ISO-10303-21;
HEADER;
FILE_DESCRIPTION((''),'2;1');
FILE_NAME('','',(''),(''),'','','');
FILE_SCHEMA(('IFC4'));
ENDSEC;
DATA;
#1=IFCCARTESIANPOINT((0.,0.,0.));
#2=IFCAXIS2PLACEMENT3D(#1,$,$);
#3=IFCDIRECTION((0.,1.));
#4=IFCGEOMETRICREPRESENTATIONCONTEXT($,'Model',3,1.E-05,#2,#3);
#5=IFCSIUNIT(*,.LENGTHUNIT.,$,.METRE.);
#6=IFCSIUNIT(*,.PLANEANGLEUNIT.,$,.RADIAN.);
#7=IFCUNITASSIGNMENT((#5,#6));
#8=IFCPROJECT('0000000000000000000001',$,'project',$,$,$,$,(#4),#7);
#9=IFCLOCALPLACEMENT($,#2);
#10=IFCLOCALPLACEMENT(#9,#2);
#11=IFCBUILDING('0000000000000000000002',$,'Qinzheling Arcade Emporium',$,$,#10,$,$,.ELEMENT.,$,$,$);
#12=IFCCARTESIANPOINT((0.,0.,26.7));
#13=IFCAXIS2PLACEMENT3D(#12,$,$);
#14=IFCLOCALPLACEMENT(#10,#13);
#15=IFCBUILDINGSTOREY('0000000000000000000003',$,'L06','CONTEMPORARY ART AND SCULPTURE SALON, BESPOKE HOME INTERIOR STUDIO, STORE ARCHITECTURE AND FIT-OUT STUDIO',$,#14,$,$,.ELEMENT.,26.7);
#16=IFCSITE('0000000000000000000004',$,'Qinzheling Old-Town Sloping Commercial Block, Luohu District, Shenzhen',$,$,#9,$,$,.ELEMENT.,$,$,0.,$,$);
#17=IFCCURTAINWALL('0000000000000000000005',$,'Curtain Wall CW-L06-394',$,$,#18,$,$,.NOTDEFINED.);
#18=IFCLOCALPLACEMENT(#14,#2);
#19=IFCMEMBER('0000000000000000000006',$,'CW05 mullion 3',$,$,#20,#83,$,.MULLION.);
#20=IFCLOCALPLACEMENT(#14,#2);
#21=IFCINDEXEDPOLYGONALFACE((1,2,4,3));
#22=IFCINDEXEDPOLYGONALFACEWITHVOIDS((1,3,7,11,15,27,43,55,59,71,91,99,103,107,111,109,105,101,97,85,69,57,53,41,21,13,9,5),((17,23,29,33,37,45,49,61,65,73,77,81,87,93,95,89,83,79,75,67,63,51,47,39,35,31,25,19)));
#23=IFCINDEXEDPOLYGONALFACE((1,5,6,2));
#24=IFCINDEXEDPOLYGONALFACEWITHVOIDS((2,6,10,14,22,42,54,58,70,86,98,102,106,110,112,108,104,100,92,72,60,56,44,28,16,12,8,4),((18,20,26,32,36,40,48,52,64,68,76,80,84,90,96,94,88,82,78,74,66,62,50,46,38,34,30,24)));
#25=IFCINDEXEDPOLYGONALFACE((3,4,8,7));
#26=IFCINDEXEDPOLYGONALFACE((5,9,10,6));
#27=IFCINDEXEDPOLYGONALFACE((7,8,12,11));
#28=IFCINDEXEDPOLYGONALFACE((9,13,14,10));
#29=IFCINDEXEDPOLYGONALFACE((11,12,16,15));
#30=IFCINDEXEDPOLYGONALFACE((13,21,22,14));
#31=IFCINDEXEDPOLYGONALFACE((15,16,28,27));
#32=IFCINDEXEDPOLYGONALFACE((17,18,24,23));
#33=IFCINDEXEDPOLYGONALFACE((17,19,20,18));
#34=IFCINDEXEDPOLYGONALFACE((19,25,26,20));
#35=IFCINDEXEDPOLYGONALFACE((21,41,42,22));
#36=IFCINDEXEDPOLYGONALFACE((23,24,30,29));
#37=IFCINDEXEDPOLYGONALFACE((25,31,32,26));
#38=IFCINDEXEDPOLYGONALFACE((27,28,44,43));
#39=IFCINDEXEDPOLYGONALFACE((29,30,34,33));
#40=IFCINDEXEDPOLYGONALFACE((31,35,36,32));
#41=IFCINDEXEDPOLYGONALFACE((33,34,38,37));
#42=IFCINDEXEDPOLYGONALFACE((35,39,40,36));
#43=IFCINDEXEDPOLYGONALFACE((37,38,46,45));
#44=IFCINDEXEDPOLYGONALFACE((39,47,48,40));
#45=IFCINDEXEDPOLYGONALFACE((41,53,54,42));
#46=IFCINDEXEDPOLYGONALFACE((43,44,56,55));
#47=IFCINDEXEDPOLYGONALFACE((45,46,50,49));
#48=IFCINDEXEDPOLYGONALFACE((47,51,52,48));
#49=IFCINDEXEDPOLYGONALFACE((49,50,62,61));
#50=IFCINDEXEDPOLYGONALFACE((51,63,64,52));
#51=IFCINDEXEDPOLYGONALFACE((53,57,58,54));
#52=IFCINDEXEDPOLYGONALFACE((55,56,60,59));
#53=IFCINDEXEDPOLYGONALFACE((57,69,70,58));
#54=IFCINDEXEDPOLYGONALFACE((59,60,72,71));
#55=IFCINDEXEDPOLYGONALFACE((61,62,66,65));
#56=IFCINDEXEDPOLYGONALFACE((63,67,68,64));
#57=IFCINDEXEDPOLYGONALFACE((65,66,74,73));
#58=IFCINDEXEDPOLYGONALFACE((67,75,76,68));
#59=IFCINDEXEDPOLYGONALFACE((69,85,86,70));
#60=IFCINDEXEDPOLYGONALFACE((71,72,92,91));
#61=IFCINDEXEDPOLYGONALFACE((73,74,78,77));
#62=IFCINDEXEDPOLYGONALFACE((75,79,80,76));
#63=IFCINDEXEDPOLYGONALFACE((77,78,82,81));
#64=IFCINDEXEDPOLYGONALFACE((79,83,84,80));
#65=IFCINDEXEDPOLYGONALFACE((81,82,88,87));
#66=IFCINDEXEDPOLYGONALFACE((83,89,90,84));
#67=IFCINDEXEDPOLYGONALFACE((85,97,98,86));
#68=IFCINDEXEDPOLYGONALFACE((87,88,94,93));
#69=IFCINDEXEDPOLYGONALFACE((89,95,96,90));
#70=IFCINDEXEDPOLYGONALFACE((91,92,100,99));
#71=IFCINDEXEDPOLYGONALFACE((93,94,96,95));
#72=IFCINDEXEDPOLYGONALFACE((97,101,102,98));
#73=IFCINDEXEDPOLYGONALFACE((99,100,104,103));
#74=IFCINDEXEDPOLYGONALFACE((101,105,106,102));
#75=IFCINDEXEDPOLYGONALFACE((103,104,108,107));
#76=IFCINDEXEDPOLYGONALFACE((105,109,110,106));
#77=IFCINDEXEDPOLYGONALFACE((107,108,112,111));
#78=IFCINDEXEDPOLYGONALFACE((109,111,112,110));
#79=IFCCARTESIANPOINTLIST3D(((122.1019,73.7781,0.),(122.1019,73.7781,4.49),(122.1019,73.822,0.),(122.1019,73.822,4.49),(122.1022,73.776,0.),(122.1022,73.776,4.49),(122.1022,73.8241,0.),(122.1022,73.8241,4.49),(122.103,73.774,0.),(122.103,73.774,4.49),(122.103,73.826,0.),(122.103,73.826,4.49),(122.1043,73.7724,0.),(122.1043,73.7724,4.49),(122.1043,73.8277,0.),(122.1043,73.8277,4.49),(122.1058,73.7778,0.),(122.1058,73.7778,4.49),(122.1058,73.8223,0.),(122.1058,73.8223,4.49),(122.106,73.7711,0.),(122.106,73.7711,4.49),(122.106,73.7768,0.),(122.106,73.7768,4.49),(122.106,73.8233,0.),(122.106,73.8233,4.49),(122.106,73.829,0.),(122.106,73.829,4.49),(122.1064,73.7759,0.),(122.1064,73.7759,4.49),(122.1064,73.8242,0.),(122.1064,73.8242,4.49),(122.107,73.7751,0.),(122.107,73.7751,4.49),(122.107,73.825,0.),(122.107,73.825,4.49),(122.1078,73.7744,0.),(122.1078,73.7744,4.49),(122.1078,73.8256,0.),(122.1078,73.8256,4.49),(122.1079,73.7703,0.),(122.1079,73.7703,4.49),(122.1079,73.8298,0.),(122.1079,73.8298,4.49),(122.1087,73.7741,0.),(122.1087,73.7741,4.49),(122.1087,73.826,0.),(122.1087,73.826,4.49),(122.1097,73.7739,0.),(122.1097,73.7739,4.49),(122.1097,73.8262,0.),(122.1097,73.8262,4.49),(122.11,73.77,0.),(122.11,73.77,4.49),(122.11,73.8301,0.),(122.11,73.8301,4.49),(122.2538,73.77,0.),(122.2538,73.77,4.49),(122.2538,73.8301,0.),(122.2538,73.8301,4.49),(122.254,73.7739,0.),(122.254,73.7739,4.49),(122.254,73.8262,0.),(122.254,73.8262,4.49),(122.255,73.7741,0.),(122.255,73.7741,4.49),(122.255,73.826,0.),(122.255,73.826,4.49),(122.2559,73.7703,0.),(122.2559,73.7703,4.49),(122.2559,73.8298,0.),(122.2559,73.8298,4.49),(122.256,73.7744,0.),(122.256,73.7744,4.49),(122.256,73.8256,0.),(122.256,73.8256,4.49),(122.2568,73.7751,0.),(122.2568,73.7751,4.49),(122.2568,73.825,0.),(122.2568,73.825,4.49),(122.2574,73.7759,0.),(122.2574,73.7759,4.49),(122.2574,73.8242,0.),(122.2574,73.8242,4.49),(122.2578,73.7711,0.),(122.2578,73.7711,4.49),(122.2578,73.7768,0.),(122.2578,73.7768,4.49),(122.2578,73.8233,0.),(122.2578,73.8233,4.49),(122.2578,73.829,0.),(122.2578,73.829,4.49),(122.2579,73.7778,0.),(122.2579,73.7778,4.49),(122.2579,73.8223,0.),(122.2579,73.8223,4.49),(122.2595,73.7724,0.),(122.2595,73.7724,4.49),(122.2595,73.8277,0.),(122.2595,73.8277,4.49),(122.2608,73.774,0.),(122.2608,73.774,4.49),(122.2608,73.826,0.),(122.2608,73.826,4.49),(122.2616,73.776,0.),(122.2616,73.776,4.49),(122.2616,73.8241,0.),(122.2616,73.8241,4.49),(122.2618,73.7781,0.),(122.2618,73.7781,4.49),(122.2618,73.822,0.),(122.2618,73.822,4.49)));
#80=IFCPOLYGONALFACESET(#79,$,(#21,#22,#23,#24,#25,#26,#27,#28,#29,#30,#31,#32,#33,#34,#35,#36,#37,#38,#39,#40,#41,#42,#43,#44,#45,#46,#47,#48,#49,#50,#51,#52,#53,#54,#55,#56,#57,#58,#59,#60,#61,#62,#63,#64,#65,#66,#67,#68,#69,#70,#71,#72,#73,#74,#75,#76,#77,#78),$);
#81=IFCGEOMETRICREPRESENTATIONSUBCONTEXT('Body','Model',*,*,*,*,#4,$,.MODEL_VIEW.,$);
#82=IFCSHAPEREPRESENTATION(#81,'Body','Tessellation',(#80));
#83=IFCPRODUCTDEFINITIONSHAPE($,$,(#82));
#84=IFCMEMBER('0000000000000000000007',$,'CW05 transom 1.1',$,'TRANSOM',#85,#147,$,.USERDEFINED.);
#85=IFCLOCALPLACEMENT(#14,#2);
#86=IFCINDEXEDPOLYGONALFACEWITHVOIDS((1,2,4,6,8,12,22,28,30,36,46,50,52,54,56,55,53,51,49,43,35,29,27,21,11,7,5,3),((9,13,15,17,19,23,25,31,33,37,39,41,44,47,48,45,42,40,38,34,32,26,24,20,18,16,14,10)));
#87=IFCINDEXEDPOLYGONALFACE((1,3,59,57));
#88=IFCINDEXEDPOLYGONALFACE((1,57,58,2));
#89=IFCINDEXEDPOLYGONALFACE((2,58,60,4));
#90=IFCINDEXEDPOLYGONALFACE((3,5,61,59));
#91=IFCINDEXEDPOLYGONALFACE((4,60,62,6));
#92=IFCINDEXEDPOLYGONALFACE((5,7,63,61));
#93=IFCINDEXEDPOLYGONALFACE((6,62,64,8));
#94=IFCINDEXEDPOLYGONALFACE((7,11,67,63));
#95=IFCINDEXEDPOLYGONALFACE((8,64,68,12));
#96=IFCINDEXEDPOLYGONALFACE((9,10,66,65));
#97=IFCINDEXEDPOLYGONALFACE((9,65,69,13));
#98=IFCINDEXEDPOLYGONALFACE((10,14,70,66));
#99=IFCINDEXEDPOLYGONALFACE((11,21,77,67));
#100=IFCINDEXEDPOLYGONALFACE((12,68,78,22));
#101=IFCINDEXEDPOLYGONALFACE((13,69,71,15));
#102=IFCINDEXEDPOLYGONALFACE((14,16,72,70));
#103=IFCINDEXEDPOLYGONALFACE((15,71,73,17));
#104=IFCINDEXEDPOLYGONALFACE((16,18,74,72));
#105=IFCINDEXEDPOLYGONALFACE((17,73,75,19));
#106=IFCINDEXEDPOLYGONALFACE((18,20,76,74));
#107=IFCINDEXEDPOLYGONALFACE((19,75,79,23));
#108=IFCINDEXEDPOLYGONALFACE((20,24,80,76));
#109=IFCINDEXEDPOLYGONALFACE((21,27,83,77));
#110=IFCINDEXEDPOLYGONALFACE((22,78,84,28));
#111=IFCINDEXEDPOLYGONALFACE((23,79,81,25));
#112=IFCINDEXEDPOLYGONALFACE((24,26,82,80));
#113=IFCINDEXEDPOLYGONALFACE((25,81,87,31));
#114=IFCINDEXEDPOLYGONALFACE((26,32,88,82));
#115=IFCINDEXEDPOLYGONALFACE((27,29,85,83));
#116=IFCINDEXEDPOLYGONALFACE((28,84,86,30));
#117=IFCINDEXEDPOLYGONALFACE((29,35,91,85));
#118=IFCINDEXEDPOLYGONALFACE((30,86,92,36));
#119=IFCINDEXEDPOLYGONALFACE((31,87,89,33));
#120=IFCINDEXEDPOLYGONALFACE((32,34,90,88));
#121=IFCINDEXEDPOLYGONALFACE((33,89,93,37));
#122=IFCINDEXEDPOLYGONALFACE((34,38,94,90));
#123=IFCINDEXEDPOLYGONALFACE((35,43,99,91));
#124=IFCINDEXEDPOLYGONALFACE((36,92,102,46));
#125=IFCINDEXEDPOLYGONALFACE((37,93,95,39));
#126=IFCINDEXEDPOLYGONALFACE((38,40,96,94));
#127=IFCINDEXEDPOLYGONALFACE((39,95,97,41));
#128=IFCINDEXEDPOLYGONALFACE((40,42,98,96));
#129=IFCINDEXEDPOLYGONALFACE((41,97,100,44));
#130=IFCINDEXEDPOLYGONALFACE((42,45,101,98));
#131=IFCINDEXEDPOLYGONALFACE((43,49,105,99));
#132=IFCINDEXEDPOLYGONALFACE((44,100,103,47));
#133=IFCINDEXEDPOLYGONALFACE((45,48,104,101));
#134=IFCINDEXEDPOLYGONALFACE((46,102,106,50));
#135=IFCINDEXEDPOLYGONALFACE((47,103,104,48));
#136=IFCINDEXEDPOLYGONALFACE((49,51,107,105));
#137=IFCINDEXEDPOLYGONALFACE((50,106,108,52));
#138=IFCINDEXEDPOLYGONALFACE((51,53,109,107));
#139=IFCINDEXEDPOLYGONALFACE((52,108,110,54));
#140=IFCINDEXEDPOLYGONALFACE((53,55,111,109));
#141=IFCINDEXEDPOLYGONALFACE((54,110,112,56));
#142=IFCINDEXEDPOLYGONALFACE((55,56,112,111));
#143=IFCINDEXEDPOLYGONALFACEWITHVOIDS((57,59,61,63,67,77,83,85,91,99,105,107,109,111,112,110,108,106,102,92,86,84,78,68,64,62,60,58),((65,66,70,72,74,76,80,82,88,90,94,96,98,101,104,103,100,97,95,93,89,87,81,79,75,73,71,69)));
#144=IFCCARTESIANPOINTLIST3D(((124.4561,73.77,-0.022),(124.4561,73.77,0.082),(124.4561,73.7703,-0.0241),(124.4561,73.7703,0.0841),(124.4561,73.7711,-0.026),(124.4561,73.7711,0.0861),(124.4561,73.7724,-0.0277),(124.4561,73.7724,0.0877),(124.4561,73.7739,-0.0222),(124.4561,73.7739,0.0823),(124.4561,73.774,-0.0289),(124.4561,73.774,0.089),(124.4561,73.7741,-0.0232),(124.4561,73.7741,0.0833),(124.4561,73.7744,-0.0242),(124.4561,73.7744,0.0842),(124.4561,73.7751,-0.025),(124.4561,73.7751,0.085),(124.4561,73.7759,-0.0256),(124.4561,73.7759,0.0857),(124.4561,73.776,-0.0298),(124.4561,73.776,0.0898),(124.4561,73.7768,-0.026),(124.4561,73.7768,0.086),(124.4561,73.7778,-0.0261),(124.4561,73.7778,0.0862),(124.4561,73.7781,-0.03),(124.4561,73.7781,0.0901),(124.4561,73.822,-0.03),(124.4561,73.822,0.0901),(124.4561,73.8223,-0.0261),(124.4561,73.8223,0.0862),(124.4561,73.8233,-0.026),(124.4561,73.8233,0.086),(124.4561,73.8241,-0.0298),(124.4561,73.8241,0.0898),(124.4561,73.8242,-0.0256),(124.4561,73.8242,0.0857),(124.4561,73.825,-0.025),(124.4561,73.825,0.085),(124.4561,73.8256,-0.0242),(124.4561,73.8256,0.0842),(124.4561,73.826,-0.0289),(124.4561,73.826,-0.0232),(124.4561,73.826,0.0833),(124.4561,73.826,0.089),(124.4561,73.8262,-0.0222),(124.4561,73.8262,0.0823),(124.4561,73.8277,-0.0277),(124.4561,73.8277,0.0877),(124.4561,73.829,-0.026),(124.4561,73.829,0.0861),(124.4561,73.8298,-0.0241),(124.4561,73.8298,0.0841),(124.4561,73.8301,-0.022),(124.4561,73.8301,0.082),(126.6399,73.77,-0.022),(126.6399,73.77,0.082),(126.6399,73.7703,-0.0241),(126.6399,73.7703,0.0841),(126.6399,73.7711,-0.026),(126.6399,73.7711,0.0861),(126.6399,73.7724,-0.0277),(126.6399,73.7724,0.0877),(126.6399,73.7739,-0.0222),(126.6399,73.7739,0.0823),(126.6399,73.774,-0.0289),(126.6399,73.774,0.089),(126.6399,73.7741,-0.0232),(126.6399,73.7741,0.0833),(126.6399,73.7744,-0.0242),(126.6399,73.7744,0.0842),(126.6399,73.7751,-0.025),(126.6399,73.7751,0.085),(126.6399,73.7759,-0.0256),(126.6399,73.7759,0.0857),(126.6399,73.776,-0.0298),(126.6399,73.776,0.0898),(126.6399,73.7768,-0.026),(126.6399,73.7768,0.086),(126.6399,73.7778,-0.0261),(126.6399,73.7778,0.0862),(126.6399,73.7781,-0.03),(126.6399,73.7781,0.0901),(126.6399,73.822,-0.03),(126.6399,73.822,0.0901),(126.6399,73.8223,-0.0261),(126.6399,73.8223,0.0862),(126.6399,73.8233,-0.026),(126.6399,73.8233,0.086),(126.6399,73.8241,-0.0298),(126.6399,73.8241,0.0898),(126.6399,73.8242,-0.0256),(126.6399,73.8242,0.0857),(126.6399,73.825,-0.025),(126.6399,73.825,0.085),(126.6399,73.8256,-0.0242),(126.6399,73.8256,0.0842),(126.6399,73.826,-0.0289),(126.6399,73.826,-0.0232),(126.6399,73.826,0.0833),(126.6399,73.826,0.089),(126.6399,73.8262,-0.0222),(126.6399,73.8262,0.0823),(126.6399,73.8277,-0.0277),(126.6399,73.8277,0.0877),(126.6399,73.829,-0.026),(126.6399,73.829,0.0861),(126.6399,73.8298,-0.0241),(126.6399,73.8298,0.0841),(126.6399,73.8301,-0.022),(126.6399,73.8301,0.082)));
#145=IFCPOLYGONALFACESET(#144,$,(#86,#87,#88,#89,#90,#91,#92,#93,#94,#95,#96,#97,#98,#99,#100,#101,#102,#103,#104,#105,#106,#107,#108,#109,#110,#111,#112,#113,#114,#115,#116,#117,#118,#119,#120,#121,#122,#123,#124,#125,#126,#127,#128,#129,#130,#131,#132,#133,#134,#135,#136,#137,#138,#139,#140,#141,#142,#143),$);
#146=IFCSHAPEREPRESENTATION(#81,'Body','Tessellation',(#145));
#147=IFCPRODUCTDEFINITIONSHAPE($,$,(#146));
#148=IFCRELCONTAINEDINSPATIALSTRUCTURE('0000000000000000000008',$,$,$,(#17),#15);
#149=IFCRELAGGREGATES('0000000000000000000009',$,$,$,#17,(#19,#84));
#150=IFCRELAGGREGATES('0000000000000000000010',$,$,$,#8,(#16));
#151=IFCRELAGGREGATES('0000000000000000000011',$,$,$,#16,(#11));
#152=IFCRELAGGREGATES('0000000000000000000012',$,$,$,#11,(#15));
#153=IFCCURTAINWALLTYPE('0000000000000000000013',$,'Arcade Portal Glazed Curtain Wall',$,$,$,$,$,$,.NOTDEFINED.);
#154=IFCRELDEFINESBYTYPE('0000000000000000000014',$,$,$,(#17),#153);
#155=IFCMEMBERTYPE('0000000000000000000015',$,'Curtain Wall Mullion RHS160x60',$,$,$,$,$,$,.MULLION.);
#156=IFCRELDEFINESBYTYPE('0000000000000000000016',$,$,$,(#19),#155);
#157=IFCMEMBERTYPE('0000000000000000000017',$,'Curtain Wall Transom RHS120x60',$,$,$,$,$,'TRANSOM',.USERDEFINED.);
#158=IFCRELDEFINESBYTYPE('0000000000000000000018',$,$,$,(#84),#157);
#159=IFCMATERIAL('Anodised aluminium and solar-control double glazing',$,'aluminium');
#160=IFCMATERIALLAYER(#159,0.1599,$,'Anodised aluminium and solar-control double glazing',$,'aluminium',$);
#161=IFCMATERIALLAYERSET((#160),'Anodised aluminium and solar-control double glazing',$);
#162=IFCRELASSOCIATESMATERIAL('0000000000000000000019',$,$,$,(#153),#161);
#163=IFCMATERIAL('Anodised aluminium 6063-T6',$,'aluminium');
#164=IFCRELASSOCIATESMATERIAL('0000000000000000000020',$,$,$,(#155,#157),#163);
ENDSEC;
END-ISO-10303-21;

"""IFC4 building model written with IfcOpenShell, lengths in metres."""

from ifc_helpers import new_model, si_unit, direction, frame, origin, origin_2d, place, context, subcontext, project, spatial, hollow_rectangle, extrude, material, layer, layer_set, material_profile, profile_set, type_object, element, aggregate, save


model = new_model("IFC4")

# Units and contexts
model_context = context("Model", 3, precision=1e-05, world=origin(), true_north=direction((0.0, 1.0)))
body_context = subcontext(model_context, "Body", "Model", "MODEL_VIEW")
ifc_project = project(units=[si_unit("LENGTHUNIT", "METRE"), si_unit("PLANEANGLEUNIT", "RADIAN")], contexts=[model_context])

# Site, building, storey
site_placement = place(None, origin())
site = spatial("IfcSite", under=ifc_project, at=site_placement, Name="Qinzheling Old-Town Sloping Commercial Block, Luohu District, Shenzhen", CompositionType="ELEMENT", RefElevation=0.0)
building_placement = place(site_placement, origin())
building = spatial("IfcBuilding", under=site, at=building_placement, Name="Qinzheling Arcade Emporium", CompositionType="ELEMENT")
storey_placement = place(building_placement, frame((0.0, 0.0, 26.7)))
storey = spatial("IfcBuildingStorey", under=building, at=storey_placement, Name="L06", Description="CONTEMPORARY ART AND SCULPTURE SALON, BESPOKE HOME INTERIOR STUDIO, STORE ARCHITECTURE AND FIT-OUT STUDIO", CompositionType="ELEMENT", Elevation=26.7)

# Curtain wall, members
ifc_material_1 = material(Name="Anodised aluminium and solar-control double glazing", Category="aluminium")
ifc_layer_1 = layer(ifc_material_1, 0.1599, Name="Anodised aluminium and solar-control double glazing", Category="aluminium")
ifc_layer_set_1 = layer_set([ifc_layer_1], Name="Anodised aluminium and solar-control double glazing")
curtain_wall_type = type_object("IfcCurtainWallType", Name="Arcade Portal Glazed Curtain Wall", PredefinedType="NOTDEFINED", material=ifc_layer_set_1)
curtain_wall_placement = place(storey_placement, origin())
curtain_wall = element("IfcCurtainWall", 1, at=curtain_wall_placement, inside=storey, type_object=curtain_wall_type, Name="Curtain Wall CW-L06-394", PredefinedType="NOTDEFINED")
ifc_material_2 = material(Name="Anodised aluminium 6063-T6", Category="aluminium")
ifc_material_profile_1 = material_profile(ifc_material_2, hollow_rectangle(XDim=0.0601, YDim=0.1599, WallThickness=0.0039, InnerFilletRadius=0.0039, OuterFilletRadius=0.0081, at=origin_2d()), Name="RHS 160x60x4", Category="aluminium")
ifc_profile_set_1 = profile_set([ifc_material_profile_1], Name="Anodised aluminium 6063-T6")
member_type_1 = type_object("IfcMemberType", Name="Curtain Wall Mullion RHS160x60", PredefinedType="MULLION", material=ifc_profile_set_1)
member_1_placement = place(storey_placement, frame((122.1819, 73.8, 0.0), z_axis=(0.0, 0.0, 1.0), x_axis=(0.0, -1.0, 0.0)))
member_1 = element("IfcMember", 2, at=member_1_placement, type_object=member_type_1, Name="CW05 mullion 3", PredefinedType="MULLION", context=body_context, shape_type="SweptSolid", body=[
    extrude(hollow_rectangle(XDim=0.0601, YDim=0.1599, WallThickness=0.0039, InnerFilletRadius=0.0039, OuterFilletRadius=0.0081, at=origin_2d()), origin(), (0.0, 0.0, 1.0), 4.49),
])
ifc_material_profile_2 = material_profile(ifc_material_2, hollow_rectangle(XDim=0.0601, YDim=0.1201, WallThickness=0.0039, InnerFilletRadius=0.0039, OuterFilletRadius=0.0081, at=origin_2d()), Name="RHS 120x60x4", Category="aluminium")
ifc_profile_set_2 = profile_set([ifc_material_profile_2], Name="Anodised aluminium 6063-T6")
member_type_2 = type_object("IfcMemberType", Name="Curtain Wall Transom RHS120x60", ElementType="TRANSOM", PredefinedType="USERDEFINED", material=ifc_profile_set_2)
member_2_placement = place(storey_placement, frame((126.6399, 73.8, 0.03), z_axis=(-1.0, 0.0, 0.0), x_axis=(0.0, -1.0, 0.0)))
member_2 = element("IfcMember", 3, at=member_2_placement, type_object=member_type_2, Name="CW05 transom 1.1", ObjectType="TRANSOM", PredefinedType="USERDEFINED", context=body_context, shape_type="SweptSolid", body=[
    extrude(hollow_rectangle(XDim=0.0601, YDim=0.1201, WallThickness=0.0039, InnerFilletRadius=0.0039, OuterFilletRadius=0.0081, at=origin_2d()), origin(), (0.0, 0.0, 1.0), 2.1838),
])

aggregate(curtain_wall, [member_1, member_2])

save(model, "model.ifc")
